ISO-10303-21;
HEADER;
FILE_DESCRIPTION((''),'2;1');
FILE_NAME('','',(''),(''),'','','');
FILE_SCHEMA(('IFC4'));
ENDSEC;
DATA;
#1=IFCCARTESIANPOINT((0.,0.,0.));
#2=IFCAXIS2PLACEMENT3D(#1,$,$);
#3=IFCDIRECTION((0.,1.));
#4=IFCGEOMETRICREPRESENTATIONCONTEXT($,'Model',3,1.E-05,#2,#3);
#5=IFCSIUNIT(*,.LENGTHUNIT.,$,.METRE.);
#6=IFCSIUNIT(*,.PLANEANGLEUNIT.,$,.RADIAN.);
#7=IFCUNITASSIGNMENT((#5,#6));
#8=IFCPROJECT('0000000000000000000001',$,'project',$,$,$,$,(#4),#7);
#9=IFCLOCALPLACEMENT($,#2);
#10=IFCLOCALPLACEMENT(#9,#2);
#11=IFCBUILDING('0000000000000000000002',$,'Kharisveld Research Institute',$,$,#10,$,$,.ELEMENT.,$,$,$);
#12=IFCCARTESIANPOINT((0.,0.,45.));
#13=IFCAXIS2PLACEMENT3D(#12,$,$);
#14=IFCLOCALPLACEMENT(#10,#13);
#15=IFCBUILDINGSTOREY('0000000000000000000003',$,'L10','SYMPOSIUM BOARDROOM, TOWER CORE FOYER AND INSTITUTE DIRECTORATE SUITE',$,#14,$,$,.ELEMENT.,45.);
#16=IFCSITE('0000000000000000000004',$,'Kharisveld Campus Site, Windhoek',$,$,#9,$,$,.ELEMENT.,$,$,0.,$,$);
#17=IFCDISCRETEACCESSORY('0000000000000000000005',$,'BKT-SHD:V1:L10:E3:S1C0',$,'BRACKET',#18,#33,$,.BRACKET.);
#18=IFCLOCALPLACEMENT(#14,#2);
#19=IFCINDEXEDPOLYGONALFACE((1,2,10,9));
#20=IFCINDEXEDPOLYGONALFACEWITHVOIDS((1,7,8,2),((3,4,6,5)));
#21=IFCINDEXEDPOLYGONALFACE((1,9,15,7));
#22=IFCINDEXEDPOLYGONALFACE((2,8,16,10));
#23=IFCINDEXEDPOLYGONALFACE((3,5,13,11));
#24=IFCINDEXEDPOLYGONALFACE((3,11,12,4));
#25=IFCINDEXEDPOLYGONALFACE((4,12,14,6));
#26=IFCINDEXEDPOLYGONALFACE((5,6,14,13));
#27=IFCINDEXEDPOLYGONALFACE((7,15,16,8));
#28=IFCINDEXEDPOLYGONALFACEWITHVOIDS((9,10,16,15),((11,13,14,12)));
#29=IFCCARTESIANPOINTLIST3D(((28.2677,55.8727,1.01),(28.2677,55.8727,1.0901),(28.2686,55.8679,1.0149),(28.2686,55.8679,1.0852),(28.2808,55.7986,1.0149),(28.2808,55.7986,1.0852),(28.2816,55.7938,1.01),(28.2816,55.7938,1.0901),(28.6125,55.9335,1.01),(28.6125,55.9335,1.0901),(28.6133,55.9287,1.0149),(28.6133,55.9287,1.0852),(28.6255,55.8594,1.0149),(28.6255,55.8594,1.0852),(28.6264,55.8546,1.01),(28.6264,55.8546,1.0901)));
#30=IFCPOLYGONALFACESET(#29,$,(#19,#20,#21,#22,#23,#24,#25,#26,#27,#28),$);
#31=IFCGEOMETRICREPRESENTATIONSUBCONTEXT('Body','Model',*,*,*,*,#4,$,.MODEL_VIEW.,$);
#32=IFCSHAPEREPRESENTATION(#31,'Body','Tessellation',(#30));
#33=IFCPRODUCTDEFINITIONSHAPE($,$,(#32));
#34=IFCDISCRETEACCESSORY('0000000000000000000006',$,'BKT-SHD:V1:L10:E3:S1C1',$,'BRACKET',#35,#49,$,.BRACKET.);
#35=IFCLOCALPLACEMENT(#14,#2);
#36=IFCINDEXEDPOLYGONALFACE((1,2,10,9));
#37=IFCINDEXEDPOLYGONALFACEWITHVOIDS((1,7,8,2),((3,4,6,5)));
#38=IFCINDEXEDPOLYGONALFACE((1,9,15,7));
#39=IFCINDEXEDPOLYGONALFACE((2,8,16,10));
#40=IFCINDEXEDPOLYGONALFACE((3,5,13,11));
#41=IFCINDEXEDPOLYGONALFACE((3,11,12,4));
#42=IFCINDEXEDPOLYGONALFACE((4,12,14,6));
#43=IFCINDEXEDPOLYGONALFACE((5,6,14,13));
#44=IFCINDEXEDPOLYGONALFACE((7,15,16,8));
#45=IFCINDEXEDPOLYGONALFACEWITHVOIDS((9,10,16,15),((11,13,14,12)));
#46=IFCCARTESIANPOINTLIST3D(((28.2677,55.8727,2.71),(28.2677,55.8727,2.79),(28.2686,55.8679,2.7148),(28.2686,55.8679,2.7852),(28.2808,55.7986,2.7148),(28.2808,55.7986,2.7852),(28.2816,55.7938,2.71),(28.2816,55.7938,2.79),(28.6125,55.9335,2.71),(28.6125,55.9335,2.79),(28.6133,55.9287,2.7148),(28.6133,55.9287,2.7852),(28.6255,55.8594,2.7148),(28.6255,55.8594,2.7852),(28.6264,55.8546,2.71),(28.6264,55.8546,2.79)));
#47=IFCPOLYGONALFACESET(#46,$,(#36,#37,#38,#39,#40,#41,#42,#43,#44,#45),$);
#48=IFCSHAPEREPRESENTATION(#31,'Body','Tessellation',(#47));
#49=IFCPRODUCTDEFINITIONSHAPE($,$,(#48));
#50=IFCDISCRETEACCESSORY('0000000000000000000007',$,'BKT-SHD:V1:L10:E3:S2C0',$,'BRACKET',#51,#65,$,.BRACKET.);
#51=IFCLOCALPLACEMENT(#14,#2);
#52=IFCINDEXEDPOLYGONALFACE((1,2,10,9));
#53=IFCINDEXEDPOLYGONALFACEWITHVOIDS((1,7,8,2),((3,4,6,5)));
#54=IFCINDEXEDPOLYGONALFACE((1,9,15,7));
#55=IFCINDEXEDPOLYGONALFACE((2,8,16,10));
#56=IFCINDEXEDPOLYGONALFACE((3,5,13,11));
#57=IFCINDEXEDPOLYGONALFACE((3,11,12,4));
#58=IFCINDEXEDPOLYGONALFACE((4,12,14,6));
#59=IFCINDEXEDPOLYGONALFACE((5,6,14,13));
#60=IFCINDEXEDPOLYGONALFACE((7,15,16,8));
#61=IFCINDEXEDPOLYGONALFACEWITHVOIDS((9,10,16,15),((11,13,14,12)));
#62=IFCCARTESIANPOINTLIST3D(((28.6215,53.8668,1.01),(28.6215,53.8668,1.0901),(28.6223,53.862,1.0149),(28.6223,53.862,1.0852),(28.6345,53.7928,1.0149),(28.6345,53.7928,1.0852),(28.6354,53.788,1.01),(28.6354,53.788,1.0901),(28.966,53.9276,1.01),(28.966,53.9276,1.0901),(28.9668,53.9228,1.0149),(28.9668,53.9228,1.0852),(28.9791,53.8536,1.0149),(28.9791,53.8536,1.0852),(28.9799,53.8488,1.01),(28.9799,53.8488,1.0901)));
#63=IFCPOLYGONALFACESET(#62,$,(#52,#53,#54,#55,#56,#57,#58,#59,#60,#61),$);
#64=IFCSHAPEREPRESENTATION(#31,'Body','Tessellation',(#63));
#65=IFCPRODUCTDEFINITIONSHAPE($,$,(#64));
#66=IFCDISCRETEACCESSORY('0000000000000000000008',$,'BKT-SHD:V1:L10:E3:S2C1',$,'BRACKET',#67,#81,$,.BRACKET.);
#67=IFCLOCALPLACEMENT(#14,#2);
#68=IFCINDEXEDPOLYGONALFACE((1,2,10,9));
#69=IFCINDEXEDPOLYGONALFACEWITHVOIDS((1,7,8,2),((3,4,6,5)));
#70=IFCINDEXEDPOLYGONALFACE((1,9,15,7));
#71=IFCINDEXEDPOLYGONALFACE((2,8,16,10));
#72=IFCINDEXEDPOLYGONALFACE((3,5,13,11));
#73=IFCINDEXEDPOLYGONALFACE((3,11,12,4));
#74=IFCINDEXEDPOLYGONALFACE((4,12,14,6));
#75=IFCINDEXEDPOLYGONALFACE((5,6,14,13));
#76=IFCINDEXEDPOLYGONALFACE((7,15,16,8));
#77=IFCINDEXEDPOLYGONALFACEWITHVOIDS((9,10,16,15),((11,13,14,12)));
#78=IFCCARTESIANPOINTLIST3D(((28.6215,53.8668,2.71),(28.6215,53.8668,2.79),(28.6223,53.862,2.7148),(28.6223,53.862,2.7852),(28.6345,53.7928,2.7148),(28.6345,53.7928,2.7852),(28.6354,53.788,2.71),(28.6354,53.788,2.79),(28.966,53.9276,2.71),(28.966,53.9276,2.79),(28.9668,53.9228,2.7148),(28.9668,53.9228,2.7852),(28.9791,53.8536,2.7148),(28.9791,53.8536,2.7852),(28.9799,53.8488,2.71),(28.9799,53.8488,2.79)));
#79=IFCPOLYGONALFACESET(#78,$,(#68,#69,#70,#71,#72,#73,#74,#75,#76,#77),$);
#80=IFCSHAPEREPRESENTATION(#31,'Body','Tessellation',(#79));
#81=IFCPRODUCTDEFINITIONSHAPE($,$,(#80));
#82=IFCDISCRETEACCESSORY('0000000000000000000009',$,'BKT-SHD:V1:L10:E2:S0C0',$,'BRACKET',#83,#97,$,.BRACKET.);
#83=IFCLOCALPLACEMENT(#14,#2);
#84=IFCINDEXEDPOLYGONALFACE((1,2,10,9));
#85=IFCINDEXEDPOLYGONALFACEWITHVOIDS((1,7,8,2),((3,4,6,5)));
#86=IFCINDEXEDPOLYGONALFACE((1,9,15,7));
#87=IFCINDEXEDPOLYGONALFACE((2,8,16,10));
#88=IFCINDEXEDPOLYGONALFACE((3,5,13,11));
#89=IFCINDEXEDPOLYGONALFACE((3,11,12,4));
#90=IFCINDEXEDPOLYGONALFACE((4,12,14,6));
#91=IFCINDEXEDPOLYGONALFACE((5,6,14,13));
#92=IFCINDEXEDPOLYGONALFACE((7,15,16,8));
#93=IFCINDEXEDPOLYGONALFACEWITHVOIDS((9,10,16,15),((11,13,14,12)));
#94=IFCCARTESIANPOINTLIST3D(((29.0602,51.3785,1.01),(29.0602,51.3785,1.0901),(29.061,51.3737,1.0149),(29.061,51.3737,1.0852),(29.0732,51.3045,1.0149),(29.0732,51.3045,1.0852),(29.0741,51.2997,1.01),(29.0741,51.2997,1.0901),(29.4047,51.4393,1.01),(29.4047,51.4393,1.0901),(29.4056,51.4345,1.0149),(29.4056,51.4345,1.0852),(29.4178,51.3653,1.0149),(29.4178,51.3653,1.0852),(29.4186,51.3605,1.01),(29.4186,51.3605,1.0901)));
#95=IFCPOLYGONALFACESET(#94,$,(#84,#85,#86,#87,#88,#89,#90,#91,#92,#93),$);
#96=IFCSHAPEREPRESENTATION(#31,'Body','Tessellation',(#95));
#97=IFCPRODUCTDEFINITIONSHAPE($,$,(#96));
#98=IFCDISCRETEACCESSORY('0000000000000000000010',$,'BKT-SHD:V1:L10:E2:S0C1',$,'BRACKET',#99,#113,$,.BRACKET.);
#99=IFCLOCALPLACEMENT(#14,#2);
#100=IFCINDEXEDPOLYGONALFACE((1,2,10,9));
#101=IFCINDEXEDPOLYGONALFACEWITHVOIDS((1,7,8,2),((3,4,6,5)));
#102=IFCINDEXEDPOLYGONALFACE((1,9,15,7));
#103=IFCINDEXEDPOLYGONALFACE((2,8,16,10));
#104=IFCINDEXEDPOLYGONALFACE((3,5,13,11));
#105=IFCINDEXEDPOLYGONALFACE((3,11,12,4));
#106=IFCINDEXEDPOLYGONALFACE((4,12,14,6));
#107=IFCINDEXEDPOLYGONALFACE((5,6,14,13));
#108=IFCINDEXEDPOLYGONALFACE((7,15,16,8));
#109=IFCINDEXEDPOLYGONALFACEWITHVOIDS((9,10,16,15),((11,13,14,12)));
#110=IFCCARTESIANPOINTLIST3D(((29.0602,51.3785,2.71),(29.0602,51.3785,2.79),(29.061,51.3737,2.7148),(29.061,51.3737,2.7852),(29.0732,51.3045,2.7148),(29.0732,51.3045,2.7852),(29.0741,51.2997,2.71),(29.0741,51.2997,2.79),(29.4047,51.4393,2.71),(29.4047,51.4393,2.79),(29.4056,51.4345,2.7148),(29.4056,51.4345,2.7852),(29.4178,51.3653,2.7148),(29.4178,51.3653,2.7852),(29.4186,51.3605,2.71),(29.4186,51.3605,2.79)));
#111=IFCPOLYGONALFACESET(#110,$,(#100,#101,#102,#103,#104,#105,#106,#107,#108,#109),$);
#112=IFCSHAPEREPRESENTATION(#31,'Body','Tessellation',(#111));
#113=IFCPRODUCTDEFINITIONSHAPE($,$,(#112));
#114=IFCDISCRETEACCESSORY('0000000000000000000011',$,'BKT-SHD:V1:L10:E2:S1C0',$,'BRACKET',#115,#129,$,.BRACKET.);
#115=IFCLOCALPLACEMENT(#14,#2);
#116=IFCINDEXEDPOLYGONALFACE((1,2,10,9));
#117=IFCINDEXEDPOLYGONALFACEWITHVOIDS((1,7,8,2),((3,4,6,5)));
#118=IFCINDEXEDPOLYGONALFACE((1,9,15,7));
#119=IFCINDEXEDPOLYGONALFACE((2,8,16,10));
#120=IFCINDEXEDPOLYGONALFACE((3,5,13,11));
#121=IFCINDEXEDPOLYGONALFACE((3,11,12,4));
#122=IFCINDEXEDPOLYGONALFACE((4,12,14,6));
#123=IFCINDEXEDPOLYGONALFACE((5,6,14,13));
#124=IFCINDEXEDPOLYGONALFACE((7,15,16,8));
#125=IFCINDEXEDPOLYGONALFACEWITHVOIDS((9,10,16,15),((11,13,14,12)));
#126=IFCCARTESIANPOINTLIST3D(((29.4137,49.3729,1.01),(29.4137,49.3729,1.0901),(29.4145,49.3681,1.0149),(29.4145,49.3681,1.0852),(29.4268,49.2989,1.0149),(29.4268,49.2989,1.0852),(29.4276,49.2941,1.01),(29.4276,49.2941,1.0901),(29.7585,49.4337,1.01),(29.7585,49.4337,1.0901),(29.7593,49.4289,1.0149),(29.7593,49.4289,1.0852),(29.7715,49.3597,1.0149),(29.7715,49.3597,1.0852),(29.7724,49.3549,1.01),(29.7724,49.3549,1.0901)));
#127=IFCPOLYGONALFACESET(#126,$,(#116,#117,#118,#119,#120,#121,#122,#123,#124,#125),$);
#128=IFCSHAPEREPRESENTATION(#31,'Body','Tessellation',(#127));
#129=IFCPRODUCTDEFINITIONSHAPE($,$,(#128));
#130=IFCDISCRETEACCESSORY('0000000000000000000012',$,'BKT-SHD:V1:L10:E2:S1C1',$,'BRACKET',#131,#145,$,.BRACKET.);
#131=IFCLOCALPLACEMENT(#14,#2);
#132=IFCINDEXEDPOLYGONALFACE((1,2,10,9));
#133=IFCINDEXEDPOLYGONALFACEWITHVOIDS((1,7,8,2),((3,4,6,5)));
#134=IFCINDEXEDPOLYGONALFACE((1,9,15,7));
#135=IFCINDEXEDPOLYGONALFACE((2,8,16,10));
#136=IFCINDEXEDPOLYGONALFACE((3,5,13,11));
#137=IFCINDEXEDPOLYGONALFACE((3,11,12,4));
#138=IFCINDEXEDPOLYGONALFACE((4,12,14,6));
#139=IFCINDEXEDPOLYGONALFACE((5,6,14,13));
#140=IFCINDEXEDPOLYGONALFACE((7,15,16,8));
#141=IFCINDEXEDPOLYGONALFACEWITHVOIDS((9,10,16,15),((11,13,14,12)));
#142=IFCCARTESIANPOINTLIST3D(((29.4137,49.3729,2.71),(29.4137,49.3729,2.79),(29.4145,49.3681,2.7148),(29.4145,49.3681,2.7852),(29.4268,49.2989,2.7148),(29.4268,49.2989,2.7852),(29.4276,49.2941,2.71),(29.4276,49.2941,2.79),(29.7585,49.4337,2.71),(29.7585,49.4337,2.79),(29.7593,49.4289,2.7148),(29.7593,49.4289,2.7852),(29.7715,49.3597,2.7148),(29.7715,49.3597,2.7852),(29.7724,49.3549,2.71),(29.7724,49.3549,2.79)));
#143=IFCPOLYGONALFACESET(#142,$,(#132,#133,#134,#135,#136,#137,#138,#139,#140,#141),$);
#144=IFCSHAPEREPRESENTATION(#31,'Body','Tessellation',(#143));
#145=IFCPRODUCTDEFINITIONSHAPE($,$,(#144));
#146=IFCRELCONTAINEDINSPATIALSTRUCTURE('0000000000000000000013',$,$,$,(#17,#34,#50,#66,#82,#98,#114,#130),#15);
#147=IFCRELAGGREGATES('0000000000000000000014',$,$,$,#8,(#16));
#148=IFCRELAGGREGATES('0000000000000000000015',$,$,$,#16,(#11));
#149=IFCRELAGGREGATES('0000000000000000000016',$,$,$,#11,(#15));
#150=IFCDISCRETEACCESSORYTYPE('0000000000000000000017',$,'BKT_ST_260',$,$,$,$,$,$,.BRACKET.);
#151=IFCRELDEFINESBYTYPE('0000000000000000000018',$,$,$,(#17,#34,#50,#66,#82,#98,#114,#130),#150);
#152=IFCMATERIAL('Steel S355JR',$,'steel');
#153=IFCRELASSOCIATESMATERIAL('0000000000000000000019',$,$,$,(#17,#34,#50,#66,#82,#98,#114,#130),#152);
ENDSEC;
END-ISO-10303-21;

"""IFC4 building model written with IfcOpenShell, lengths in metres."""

from ifc_helpers import new_model, si_unit, direction, frame, origin, origin_2d, place, context, subcontext, project, spatial, hollow_rectangle, extrude, material, type_object, element, save


model = new_model("IFC4")

# Units and contexts
model_context = context("Model", 3, precision=1e-05, world=origin(), true_north=direction((0.0, 1.0)))
body_context = subcontext(model_context, "Body", "Model", "MODEL_VIEW")
ifc_project = project(units=[si_unit("LENGTHUNIT", "METRE"), si_unit("PLANEANGLEUNIT", "RADIAN")], contexts=[model_context])

# Site, building, storey
site_placement = place(None, origin())
site = spatial("IfcSite", under=ifc_project, at=site_placement, Name="Kharisveld Campus Site, Windhoek", CompositionType="ELEMENT", RefElevation=0.0)
building_placement = place(site_placement, origin())
building = spatial("IfcBuilding", under=site, at=building_placement, Name="Kharisveld Research Institute", CompositionType="ELEMENT")
storey_placement = place(building_placement, frame((0.0, 0.0, 45.0)))
storey = spatial("IfcBuildingStorey", under=building, at=storey_placement, Name="L10", Description="SYMPOSIUM BOARDROOM, TOWER CORE FOYER AND INSTITUTE DIRECTORATE SUITE", CompositionType="ELEMENT", Elevation=45.0)

# Discrete accessories
ifc_material_1 = material(Name="Steel S355JR", Category="steel")
discrete_accessory_type = type_object("IfcDiscreteAccessoryType", Name="BKT_ST_260", PredefinedType="BRACKET")
for number, where, z_axis, x_axis, name in (
    (1, (28.2747, 55.8333, 1.05), (0.984805, 0.173666, 0.0), (-0.173666, 0.984805, 0.0), "BKT-SHD:V1:L10:E3:S1C0"),
    (2, (28.2747, 55.8333, 2.75), (0.984805, 0.173666, 0.0), (-0.173666, 0.984805, 0.0), "BKT-SHD:V1:L10:E3:S1C1"),
):
    element("IfcDiscreteAccessory", number, at=place(storey_placement, frame(where, z_axis=z_axis, x_axis=x_axis)), inside=storey, type_object=discrete_accessory_type, material=ifc_material_1, Name=name, ObjectType="BRACKET", PredefinedType="BRACKET", context=body_context, shape_type="SweptSolid", body=[
        extrude(hollow_rectangle(XDim=0.0801, YDim=0.0801, WallThickness=0.0049, at=origin_2d()), origin(), (0.0, 0.0, 1.0), 0.3501),
    ])
for number, where, z_axis, x_axis, name in (
    (3, (28.6284, 53.8274, 1.05), (0.984784, 0.173785, 0.0), (-0.173785, 0.984784, 0.0), "BKT-SHD:V1:L10:E3:S2C0"),
    (4, (28.6284, 53.8274, 2.75), (0.984784, 0.173785, 0.0), (-0.173785, 0.984784, 0.0), "BKT-SHD:V1:L10:E3:S2C1"),
    (5, (29.0671, 51.3391, 1.05), (0.984784, 0.173785, 0.0), (-0.173785, 0.984784, 0.0), "BKT-SHD:V1:L10:E2:S0C0"),
    (6, (29.0671, 51.3391, 2.75), (0.984784, 0.173785, 0.0), (-0.173785, 0.984784, 0.0), "BKT-SHD:V1:L10:E2:S0C1"),
):
    element("IfcDiscreteAccessory", number, at=place(storey_placement, frame(where, z_axis=z_axis, x_axis=x_axis)), inside=storey, type_object=discrete_accessory_type, material=ifc_material_1, Name=name, ObjectType="BRACKET", PredefinedType="BRACKET", context=body_context, shape_type="SweptSolid", body=[
        extrude(hollow_rectangle(XDim=0.0801, YDim=0.0801, WallThickness=0.0049, at=origin_2d()), origin(), (0.0, 0.0, 1.0), 0.3499),
    ])
for number, where, z_axis, x_axis, name in (
    (7, (29.4207, 49.3335, 1.05), (0.984805, 0.173666, 0.0), (-0.173666, 0.984805, 0.0), "BKT-SHD:V1:L10:E2:S1C0"),
    (8, (29.4207, 49.3335, 2.75), (0.984805, 0.173666, 0.0), (-0.173666, 0.984805, 0.0), "BKT-SHD:V1:L10:E2:S1C1"),
):
    element("IfcDiscreteAccessory", number, at=place(storey_placement, frame(where, z_axis=z_axis, x_axis=x_axis)), inside=storey, type_object=discrete_accessory_type, material=ifc_material_1, Name=name, ObjectType="BRACKET", PredefinedType="BRACKET", context=body_context, shape_type="SweptSolid", body=[
        extrude(hollow_rectangle(XDim=0.0801, YDim=0.0801, WallThickness=0.0049, at=origin_2d()), origin(), (0.0, 0.0, 1.0), 0.3501),
    ])

save(model, "model.ifc")
